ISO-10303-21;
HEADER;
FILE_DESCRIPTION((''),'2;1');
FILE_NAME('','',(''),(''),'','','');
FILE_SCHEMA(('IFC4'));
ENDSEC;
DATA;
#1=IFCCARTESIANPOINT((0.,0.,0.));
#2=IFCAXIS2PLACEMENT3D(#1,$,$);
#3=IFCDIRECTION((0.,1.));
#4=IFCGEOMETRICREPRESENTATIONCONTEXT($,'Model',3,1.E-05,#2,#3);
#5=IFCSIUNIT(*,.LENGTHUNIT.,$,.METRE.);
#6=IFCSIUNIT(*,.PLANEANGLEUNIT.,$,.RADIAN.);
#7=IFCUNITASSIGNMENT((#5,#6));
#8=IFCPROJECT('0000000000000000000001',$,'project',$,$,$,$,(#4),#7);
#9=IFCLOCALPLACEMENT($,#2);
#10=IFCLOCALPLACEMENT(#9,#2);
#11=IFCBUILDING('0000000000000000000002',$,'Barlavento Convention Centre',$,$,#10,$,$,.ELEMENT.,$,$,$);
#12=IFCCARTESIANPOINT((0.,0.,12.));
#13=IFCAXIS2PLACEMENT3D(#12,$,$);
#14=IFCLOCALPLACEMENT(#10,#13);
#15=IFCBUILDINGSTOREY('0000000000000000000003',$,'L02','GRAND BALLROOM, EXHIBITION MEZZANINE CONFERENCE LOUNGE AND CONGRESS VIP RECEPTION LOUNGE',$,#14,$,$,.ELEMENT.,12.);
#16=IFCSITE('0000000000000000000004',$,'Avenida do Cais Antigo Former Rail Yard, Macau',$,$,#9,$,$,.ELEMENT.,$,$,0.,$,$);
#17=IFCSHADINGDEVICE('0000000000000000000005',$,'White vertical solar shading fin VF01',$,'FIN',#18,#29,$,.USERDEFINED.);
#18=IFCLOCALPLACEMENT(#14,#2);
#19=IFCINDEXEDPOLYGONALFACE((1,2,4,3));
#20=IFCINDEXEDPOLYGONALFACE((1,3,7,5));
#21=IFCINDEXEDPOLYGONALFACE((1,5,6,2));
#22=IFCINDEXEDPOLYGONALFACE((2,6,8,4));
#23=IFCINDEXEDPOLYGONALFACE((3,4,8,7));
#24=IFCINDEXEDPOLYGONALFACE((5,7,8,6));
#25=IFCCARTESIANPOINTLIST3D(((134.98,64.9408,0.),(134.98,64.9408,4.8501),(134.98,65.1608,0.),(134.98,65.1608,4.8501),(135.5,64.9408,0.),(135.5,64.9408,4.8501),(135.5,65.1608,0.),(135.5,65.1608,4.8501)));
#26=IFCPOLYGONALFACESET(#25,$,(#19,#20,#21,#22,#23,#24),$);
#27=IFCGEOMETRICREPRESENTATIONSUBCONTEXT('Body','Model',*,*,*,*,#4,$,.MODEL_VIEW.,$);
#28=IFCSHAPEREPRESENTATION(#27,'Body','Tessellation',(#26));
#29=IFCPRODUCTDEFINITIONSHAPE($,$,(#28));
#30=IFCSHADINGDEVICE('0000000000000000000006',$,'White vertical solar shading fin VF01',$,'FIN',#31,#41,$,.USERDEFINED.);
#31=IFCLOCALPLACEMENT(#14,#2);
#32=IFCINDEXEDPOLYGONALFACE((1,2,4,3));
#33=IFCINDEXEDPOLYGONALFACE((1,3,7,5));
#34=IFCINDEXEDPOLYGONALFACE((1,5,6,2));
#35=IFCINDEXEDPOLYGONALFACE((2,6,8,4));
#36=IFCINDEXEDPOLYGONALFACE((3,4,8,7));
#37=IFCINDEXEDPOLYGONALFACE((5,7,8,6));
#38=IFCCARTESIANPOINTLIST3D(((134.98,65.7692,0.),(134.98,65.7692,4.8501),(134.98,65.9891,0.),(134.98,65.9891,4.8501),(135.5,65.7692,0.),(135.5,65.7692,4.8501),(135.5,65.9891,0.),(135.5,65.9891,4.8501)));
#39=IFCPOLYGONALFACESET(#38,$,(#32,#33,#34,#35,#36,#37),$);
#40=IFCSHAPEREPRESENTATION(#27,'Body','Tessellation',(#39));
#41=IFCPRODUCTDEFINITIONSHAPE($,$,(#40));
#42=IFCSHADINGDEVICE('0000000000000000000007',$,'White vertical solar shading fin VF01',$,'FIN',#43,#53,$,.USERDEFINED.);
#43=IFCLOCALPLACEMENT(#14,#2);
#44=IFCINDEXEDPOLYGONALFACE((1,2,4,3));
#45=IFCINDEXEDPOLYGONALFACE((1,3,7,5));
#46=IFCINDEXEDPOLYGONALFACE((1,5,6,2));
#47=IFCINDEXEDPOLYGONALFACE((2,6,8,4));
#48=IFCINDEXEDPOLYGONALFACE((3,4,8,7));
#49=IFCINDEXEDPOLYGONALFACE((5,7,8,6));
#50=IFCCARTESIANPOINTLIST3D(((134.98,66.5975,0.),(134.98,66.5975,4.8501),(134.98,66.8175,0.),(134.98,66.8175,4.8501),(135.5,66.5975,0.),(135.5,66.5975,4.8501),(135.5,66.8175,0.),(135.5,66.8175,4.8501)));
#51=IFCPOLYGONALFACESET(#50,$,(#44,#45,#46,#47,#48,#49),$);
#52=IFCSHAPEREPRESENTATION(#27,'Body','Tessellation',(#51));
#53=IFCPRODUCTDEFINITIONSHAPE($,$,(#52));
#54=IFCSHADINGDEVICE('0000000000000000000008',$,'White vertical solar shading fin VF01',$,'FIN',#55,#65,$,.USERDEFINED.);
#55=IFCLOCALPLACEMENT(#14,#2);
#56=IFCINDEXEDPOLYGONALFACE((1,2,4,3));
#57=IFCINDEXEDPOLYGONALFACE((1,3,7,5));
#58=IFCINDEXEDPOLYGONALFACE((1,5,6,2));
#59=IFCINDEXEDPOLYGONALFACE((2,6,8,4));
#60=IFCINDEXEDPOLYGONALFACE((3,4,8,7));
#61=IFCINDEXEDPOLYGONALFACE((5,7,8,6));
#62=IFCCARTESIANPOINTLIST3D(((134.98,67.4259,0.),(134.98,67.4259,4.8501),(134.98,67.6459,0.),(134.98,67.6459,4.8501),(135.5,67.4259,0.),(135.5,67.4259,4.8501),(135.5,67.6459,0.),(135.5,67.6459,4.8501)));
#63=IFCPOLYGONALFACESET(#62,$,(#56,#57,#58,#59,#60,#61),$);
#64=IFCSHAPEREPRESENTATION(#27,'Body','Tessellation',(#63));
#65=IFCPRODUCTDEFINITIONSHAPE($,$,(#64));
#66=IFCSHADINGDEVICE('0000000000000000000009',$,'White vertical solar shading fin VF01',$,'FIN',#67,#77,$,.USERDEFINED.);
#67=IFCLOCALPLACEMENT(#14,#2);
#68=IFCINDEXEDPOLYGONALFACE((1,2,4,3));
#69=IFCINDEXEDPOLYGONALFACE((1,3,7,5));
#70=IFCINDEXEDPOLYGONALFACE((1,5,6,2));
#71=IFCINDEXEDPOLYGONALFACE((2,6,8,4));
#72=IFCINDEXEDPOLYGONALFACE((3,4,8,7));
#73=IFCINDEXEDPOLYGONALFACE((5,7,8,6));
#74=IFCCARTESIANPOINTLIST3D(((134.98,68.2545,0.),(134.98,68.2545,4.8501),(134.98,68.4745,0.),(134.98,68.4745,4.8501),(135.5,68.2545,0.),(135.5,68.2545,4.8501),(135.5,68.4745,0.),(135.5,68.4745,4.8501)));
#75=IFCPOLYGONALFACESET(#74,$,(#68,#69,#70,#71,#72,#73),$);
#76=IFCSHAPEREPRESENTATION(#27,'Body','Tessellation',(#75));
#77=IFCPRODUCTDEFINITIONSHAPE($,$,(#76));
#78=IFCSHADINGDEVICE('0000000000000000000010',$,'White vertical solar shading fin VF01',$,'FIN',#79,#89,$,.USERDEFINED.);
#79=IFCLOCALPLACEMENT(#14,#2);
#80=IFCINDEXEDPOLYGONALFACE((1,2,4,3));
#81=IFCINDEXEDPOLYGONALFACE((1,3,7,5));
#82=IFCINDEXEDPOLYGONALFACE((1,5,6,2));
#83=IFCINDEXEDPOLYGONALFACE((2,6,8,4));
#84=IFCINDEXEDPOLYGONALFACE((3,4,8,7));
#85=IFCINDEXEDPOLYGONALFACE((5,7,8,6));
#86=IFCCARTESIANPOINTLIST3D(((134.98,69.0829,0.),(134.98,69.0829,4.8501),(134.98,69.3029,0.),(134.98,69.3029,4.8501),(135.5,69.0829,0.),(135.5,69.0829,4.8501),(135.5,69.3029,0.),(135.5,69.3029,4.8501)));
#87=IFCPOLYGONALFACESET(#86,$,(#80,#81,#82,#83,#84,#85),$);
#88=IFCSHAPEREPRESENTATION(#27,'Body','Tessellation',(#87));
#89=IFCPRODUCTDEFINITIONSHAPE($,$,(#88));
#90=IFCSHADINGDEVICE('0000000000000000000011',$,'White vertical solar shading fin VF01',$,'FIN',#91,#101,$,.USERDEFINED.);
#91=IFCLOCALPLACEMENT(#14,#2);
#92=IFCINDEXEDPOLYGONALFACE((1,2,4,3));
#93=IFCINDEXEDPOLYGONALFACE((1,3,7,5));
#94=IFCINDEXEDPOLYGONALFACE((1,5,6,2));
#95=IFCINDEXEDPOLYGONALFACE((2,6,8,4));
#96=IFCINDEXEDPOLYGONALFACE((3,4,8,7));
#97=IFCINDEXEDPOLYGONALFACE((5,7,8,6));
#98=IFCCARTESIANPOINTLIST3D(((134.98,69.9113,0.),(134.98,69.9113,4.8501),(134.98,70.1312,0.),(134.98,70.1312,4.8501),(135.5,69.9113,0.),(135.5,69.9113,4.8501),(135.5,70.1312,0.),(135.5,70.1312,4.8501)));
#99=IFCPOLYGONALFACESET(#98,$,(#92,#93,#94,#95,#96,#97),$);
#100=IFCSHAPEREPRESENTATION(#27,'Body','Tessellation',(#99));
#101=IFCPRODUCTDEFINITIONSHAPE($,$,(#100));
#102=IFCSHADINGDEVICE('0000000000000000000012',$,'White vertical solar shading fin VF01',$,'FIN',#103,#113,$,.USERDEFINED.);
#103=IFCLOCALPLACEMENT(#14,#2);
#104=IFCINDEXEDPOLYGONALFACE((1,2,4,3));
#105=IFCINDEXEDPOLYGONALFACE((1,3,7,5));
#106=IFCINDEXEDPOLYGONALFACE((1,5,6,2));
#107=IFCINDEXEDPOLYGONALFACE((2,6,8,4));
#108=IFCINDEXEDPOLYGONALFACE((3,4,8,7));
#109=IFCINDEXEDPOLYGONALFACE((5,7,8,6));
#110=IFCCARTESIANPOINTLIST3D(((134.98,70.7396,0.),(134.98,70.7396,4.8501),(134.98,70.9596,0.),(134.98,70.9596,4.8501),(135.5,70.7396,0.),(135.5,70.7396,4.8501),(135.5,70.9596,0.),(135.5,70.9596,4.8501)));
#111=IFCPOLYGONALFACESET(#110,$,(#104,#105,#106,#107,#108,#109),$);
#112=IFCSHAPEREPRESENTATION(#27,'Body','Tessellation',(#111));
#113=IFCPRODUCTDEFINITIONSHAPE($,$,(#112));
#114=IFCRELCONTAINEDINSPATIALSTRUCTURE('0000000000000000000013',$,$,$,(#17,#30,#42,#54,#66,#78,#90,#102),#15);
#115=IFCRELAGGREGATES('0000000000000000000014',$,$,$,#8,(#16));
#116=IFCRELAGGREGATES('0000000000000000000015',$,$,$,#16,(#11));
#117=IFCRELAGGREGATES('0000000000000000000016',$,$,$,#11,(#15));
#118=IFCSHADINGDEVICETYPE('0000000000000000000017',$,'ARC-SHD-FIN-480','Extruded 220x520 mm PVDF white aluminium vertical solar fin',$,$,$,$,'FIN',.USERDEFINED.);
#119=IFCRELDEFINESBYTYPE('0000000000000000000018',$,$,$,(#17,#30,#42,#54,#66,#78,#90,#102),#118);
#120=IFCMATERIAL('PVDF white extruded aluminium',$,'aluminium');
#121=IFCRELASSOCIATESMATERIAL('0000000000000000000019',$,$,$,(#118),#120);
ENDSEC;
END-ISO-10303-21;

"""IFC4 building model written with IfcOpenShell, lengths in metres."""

from ifc_helpers import new_model, si_unit, direction, frame, origin, origin_2d, place, context, subcontext, project, spatial, rectangle, extrude, material, type_object, element, save


model = new_model("IFC4")

# Units and contexts
model_context = context("Model", 3, precision=1e-05, world=origin(), true_north=direction((0.0, 1.0)))
body_context = subcontext(model_context, "Body", "Model", "MODEL_VIEW")
ifc_project = project(units=[si_unit("LENGTHUNIT", "METRE"), si_unit("PLANEANGLEUNIT", "RADIAN")], contexts=[model_context])

# Site, building, storey
site_placement = place(None, origin())
site = spatial("IfcSite", under=ifc_project, at=site_placement, Name="Avenida do Cais Antigo Former Rail Yard, Macau", CompositionType="ELEMENT", RefElevation=0.0)
building_placement = place(site_placement, origin())
building = spatial("IfcBuilding", under=site, at=building_placement, Name="Barlavento Convention Centre", CompositionType="ELEMENT")
storey_placement = place(building_placement, frame((0.0, 0.0, 12.0)))
storey = spatial("IfcBuildingStorey", under=building, at=storey_placement, Name="L02", Description="GRAND BALLROOM, EXHIBITION MEZZANINE CONFERENCE LOUNGE AND CONGRESS VIP RECEPTION LOUNGE", CompositionType="ELEMENT", Elevation=12.0)

# Shading devices
ifc_material_1 = material(Name="PVDF white extruded aluminium", Category="aluminium")
shading_device_type = type_object("IfcShadingDeviceType", Name="ARC-SHD-FIN-480", Description="Extruded 220x520 mm PVDF white aluminium vertical solar fin", ElementType="FIN", PredefinedType="USERDEFINED", material=ifc_material_1)
for number, where, z_axis, x_axis, name in (
    (1, (135.24, 65.0508, 0.0), (0.0, 0.0, 1.0), (0.0, 1.0, 0.0), "White vertical solar shading fin VF01"),
    (2, (135.24, 65.8792, 0.0), (0.0, 0.0, 1.0), (0.0, 1.0, 0.0), "White vertical solar shading fin VF01"),
    (3, (135.24, 66.7075, 0.0), (0.0, 0.0, 1.0), (0.0, 1.0, 0.0), "White vertical solar shading fin VF01"),
    (4, (135.24, 67.5359, 0.0), (0.0, 0.0, 1.0), (0.0, 1.0, 0.0), "White vertical solar shading fin VF01"),
    (5, (135.24, 68.3645, 0.0), (0.0, 0.0, 1.0), (0.0, 1.0, 0.0), "White vertical solar shading fin VF01"),
    (6, (135.24, 69.1929, 0.0), (0.0, 0.0, 1.0), (0.0, 1.0, 0.0), "White vertical solar shading fin VF01"),
    (7, (135.24, 70.0212, 0.0), (0.0, 0.0, 1.0), (0.0, 1.0, 0.0), "White vertical solar shading fin VF01"),
    (8, (135.24, 70.8496, 0.0), (0.0, 0.0, 1.0), (0.0, 1.0, 0.0), "White vertical solar shading fin VF01"),
):
    element("IfcShadingDevice", number, at=place(storey_placement, frame(where, z_axis=z_axis, x_axis=x_axis)), inside=storey, type_object=shading_device_type, Name=name, ObjectType="FIN", PredefinedType="USERDEFINED", context=body_context, shape_type="SweptSolid", body=[
        extrude(rectangle(XDim=0.22, YDim=0.52, at=origin_2d()), origin(), (0.0, 0.0, 1.0), 4.8501),
    ])

save(model, "model.ifc")
